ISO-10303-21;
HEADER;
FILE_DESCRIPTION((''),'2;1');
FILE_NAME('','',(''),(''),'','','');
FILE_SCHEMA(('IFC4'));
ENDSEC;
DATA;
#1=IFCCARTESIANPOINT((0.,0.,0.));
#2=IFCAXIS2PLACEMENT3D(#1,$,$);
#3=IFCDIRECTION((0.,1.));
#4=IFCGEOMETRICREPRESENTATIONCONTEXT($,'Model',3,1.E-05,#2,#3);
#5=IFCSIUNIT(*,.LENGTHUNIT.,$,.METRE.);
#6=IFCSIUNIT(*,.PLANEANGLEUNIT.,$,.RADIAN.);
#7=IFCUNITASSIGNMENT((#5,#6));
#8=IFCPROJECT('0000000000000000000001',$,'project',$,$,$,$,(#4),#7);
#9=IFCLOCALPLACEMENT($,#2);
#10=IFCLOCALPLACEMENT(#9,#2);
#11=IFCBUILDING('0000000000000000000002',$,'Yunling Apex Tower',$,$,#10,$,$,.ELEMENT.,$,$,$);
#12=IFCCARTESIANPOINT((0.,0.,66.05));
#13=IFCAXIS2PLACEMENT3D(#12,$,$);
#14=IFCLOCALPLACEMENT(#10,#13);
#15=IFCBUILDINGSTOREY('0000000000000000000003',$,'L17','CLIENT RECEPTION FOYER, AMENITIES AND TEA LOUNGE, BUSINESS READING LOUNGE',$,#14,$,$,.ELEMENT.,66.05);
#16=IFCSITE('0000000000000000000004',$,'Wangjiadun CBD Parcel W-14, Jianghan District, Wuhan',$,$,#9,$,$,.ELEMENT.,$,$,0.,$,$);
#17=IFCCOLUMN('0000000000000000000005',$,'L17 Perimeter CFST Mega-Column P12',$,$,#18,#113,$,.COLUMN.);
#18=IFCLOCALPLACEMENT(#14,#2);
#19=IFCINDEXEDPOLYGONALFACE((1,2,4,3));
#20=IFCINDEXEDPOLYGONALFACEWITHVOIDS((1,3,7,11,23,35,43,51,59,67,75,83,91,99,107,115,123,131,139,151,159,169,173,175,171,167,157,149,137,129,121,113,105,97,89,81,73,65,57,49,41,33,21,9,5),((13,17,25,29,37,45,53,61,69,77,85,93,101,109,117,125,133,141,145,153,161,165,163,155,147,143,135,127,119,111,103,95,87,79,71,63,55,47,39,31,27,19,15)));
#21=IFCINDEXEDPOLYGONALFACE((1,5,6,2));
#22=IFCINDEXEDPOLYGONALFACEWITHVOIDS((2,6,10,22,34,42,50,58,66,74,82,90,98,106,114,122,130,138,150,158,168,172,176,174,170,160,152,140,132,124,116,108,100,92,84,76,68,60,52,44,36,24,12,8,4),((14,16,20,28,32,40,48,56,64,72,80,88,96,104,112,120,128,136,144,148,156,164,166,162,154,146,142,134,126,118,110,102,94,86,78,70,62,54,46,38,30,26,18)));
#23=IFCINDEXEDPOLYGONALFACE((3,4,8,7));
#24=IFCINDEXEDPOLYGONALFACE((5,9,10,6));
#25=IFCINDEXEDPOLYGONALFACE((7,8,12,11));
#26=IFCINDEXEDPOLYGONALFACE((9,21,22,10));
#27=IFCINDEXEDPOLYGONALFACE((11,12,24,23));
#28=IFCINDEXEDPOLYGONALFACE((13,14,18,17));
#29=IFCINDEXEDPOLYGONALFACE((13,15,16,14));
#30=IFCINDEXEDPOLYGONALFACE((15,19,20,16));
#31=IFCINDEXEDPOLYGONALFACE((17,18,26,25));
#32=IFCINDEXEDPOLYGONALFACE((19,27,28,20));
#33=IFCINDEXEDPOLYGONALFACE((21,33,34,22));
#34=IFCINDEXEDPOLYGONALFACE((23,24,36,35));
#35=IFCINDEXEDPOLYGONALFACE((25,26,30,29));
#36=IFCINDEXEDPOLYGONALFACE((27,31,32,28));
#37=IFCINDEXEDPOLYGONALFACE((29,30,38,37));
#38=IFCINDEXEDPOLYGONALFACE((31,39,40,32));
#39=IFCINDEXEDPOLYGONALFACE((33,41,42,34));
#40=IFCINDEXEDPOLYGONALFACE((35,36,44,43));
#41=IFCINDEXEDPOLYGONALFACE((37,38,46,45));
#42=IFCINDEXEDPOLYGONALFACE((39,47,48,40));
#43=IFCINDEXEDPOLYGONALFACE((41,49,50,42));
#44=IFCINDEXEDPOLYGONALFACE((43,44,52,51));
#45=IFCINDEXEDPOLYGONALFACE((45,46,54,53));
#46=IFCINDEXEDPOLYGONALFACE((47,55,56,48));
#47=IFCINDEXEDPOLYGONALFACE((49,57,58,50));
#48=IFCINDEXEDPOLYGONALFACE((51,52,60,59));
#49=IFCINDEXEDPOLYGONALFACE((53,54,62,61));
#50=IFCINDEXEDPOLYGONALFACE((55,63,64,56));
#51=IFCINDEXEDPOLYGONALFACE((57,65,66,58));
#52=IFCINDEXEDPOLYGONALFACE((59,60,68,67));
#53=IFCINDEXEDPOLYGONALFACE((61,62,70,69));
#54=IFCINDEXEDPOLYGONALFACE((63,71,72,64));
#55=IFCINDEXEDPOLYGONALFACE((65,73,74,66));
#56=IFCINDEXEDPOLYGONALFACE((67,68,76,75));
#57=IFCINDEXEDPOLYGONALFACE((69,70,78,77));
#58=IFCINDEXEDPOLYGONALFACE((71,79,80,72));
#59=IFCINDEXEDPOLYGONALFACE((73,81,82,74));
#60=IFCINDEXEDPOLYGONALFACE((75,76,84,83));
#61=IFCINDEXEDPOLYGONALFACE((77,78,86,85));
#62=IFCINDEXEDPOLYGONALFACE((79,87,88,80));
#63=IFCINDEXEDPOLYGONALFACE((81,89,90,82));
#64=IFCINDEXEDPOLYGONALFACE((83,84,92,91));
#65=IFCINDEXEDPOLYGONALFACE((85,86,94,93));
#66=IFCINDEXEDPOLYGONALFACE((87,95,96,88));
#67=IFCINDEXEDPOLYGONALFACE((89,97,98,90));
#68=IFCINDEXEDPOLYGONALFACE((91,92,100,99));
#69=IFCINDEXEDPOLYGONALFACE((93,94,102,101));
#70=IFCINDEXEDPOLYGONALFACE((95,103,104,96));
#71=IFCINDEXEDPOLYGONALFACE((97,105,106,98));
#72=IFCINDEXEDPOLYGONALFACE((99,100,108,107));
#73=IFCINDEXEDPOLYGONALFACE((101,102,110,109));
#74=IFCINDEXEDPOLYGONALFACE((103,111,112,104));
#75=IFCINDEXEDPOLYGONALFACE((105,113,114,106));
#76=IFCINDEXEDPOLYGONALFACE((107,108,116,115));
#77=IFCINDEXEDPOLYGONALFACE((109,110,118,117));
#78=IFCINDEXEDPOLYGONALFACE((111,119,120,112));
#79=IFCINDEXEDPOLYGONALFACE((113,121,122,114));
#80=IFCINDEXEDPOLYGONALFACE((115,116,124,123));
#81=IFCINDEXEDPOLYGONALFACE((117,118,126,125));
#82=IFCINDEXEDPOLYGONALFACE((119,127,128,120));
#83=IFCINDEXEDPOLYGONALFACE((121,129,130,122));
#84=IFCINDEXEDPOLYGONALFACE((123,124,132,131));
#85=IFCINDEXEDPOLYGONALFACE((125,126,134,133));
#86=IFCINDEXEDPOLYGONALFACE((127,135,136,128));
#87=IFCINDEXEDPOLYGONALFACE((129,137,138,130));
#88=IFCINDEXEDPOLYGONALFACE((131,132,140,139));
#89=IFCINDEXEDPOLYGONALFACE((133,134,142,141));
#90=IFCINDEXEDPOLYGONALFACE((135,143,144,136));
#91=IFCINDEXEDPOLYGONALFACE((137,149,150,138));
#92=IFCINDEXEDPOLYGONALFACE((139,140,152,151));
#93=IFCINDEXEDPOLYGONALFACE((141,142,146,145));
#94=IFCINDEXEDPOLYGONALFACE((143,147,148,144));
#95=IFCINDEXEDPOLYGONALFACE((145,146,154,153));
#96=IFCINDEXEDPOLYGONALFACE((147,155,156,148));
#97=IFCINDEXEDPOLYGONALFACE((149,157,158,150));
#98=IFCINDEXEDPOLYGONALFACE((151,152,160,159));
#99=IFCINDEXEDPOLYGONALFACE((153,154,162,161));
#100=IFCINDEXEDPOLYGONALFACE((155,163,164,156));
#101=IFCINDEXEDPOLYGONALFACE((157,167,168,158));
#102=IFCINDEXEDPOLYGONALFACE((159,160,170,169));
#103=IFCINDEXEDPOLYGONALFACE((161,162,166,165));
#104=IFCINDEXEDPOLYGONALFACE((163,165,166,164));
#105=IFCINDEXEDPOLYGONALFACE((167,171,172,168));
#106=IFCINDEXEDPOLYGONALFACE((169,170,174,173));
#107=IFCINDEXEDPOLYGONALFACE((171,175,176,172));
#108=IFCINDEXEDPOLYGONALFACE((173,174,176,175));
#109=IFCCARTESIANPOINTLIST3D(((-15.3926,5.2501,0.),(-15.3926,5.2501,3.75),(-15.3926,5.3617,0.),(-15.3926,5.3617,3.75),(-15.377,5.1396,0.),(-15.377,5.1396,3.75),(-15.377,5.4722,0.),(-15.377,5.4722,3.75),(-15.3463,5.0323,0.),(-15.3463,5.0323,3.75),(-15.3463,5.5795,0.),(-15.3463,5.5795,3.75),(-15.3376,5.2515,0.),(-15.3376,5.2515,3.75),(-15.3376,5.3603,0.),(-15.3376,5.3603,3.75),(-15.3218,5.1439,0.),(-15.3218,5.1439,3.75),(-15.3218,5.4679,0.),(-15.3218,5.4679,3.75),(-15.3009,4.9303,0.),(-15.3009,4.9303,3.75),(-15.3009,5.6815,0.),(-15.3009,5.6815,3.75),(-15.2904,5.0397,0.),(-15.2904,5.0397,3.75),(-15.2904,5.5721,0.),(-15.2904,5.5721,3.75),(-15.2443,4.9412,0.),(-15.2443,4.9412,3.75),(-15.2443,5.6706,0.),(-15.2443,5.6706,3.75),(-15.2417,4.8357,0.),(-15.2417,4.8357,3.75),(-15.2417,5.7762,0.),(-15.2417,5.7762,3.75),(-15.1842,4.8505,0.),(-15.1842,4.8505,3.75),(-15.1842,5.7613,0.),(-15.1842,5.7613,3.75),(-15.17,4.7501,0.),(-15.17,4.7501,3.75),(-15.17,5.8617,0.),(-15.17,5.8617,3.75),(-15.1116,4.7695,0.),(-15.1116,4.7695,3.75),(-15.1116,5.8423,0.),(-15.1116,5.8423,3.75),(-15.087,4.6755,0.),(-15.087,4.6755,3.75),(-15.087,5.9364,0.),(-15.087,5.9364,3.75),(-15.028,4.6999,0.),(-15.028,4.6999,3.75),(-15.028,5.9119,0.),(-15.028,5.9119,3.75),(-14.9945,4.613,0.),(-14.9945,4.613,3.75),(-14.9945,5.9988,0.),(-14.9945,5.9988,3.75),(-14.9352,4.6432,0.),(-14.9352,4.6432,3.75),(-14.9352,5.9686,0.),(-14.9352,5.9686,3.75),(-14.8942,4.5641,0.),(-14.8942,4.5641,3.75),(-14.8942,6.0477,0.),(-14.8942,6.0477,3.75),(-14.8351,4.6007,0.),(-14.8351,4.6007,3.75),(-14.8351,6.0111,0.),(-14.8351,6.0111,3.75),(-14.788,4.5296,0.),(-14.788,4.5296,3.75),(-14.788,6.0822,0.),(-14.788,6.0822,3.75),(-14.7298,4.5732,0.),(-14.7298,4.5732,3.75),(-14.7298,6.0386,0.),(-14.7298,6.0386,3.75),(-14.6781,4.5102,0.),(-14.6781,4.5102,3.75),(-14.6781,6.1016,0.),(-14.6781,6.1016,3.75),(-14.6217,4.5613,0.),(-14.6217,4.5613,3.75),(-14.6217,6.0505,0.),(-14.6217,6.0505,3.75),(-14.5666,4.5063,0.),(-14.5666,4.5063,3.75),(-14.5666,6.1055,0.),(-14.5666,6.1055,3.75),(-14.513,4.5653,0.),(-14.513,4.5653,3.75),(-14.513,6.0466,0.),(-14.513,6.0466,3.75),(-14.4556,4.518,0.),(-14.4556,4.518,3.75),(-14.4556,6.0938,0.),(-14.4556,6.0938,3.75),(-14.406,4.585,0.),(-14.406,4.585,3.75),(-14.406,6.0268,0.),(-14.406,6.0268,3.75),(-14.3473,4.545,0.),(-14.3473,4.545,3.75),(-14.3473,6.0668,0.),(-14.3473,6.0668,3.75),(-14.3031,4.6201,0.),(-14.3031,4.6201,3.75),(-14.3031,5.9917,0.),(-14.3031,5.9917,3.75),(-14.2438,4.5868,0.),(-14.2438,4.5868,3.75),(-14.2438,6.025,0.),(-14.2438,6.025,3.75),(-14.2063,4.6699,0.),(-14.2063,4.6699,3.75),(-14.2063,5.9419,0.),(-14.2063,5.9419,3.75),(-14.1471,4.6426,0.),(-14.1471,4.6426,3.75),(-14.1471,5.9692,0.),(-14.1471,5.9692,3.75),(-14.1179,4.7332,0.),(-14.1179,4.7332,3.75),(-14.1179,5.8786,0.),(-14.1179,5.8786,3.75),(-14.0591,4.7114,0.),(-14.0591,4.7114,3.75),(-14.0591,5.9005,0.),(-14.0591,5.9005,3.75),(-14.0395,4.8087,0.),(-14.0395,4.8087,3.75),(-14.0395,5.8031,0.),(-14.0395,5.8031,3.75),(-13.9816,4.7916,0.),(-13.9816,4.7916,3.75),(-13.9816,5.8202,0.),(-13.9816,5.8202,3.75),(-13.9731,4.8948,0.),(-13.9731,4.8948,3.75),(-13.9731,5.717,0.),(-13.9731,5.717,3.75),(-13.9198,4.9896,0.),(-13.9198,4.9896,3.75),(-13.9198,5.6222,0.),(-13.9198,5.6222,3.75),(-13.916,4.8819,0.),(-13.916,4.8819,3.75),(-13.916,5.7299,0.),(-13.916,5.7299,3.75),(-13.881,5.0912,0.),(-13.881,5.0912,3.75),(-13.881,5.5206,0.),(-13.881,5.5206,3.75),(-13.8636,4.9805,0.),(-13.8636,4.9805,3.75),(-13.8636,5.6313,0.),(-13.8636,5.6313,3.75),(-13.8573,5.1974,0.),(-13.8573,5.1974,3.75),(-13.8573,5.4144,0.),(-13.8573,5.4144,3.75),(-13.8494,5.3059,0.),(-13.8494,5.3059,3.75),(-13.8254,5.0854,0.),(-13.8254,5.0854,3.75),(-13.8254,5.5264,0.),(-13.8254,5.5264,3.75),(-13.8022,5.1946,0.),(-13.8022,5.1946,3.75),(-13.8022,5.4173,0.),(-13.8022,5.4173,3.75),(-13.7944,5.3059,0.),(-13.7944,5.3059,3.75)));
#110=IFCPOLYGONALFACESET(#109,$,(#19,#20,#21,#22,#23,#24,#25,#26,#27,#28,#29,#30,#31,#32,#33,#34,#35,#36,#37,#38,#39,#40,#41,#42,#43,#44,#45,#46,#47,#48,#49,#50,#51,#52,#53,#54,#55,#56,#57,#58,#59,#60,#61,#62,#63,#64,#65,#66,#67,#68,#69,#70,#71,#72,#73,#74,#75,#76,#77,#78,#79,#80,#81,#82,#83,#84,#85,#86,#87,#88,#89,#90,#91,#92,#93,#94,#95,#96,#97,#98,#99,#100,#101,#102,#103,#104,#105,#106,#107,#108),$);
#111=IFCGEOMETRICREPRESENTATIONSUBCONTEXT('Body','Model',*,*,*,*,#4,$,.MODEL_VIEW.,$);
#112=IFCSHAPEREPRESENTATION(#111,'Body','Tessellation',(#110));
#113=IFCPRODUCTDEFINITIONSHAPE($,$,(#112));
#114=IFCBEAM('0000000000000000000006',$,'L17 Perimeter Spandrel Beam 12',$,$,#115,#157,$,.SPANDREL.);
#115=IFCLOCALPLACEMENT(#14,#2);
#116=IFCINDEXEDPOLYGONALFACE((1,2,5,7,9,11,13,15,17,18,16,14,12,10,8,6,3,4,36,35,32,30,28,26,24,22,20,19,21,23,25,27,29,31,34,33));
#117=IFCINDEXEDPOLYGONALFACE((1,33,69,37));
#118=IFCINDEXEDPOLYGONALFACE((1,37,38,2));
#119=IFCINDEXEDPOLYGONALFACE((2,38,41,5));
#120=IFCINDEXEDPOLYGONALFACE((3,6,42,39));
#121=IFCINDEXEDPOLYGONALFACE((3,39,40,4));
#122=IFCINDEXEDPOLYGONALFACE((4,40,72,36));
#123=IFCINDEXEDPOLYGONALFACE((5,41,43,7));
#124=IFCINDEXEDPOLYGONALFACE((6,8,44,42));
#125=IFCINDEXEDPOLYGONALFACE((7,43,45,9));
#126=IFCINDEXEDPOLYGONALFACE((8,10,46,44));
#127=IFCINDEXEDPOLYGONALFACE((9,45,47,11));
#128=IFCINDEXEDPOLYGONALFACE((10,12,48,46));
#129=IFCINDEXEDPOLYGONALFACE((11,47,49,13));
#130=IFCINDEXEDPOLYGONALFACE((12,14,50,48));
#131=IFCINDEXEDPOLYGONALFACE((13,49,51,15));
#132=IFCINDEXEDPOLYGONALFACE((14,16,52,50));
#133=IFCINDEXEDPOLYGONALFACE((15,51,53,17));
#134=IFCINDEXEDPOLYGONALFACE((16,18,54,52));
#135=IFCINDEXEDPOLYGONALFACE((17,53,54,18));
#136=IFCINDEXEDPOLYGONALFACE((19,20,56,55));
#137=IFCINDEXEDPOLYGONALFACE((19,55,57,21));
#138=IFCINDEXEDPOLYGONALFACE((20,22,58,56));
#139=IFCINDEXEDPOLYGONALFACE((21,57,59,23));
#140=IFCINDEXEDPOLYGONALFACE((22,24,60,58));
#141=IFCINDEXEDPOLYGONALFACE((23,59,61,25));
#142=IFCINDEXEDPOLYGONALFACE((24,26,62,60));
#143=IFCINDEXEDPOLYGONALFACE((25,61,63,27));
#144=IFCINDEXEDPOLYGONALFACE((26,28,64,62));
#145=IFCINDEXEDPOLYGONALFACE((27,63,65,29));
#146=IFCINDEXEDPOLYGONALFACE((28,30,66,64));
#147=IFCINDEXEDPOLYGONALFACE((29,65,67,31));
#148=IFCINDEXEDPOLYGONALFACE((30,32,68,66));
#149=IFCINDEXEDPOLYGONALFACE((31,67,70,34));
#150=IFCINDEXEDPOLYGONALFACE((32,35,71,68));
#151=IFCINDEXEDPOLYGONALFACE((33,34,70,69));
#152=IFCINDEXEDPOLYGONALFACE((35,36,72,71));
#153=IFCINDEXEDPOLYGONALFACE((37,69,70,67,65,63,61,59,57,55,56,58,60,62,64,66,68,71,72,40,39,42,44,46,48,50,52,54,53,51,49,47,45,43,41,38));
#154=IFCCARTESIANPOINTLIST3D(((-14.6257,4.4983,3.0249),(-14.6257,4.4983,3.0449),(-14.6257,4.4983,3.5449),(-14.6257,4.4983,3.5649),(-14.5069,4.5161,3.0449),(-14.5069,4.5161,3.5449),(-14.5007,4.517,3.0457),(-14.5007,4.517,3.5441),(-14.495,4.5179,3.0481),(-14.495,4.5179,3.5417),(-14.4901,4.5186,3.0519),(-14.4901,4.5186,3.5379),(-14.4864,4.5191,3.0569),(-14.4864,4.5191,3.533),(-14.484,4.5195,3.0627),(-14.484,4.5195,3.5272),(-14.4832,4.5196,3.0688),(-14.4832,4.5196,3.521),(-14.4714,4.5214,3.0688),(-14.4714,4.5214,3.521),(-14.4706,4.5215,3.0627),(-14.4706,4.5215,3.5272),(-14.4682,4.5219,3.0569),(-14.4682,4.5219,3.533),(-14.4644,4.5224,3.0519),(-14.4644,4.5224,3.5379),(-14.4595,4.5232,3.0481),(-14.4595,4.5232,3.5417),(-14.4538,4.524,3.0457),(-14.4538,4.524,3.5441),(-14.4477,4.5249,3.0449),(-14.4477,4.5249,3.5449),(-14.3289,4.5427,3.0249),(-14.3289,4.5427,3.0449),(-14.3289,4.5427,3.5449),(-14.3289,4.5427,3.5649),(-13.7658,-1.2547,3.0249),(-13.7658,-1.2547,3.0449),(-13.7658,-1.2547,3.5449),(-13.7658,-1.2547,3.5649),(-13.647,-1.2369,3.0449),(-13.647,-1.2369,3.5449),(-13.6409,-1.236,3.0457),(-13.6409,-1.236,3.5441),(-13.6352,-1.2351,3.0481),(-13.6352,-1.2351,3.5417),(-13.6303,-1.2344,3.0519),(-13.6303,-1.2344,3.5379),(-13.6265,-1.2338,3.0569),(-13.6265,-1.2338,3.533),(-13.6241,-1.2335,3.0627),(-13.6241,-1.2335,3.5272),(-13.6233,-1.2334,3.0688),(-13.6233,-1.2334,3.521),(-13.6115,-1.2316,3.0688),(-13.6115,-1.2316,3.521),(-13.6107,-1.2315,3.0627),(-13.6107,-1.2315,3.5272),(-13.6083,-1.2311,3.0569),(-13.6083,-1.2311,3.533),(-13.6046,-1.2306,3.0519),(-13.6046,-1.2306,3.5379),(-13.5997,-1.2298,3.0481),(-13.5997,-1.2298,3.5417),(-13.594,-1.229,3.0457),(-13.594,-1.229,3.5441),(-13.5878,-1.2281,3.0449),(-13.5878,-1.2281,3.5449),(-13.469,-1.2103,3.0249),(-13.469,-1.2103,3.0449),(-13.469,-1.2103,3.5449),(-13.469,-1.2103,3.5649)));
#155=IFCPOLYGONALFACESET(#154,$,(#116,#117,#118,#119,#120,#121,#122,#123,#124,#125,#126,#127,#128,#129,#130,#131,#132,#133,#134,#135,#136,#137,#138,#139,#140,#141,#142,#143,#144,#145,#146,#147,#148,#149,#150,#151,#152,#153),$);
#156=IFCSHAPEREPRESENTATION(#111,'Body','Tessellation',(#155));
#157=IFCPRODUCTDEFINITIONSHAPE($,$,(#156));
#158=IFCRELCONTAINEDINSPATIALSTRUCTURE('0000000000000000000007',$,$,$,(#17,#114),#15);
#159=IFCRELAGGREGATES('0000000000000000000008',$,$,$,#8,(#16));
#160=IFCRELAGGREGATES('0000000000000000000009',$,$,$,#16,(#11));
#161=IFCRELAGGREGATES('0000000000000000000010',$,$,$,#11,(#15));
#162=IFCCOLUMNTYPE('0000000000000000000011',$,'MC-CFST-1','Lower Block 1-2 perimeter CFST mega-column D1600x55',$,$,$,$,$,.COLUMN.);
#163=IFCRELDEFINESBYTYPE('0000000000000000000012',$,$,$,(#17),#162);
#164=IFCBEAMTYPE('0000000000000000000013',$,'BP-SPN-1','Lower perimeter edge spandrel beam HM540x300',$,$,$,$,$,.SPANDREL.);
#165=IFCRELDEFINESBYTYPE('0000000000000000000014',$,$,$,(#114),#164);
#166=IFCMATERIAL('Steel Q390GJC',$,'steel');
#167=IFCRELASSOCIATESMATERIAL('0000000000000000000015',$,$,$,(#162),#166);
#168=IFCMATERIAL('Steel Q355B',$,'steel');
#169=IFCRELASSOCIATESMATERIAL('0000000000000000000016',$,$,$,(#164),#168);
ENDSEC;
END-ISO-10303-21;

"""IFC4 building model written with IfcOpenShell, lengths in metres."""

from ifc_helpers import new_model, si_unit, direction, frame, origin, origin_2d, place, context, subcontext, project, spatial, hollow_circle, i_section, extrude, source, transform, mapped, material, material_profile, profile_set, type_object, element, save


model = new_model("IFC4")

# Units and contexts
model_context = context("Model", 3, precision=1e-05, world=origin(), true_north=direction((0.0, 1.0)))
body_context = subcontext(model_context, "Body", "Model", "MODEL_VIEW")
ifc_project = project(units=[si_unit("LENGTHUNIT", "METRE"), si_unit("PLANEANGLEUNIT", "RADIAN")], contexts=[model_context])

# Site, building, storey
site_placement = place(None, origin())
site = spatial("IfcSite", under=ifc_project, at=site_placement, Name="Wangjiadun CBD Parcel W-14, Jianghan District, Wuhan", CompositionType="ELEMENT", RefElevation=0.0)
building_placement = place(site_placement, origin())
building = spatial("IfcBuilding", under=site, at=building_placement, Name="Yunling Apex Tower", CompositionType="ELEMENT")
storey_placement = place(building_placement, frame((0.0, 0.0, 66.05)))
storey = spatial("IfcBuildingStorey", under=building, at=storey_placement, Name="L17", Description="CLIENT RECEPTION FOYER, AMENITIES AND TEA LOUNGE, BUSINESS READING LOUNGE", CompositionType="ELEMENT", Elevation=66.05)

# Column
ifc_material_1 = material(Name="Steel Q390GJC", Category="steel")
ifc_material_profile_1 = material_profile(ifc_material_1, hollow_circle(Radius=0.8, WallThickness=0.0549, at=origin_2d()))
ifc_profile_set_1 = profile_set([ifc_material_profile_1], Name="Steel Q390GJC")
column_type = type_object("IfcColumnType", Name="MC-CFST-1", Description="Lower Block 1-2 perimeter CFST mega-column D1600x55", PredefinedType="COLUMN", material=ifc_profile_set_1)
shared_shape_1 = source(origin(), body_context, "Body", "SweptSolid", [
    extrude(hollow_circle(Radius=0.8, WallThickness=0.0549, at=origin_2d()), origin(), (0.0, 0.0, 1.0), 3.75),
])
column_placement = place(storey_placement, frame((-14.5945, 5.3059, 0.0), z_axis=(0.0, 0.0, 1.0), x_axis=(1.0, 0.0, 0.0)))
element("IfcColumn", 1, at=column_placement, inside=storey, type_object=column_type, Name="L17 Perimeter CFST Mega-Column P12", PredefinedType="COLUMN", context=body_context, shape_type="MappedRepresentation", body=[
    mapped(shared_shape_1, transform((0.0, 0.0, 0.0), scale=1.0)),
])

# Beam
ifc_material_2 = material(Name="Steel Q355B", Category="steel")
ifc_material_profile_2 = material_profile(ifc_material_2, i_section(OverallWidth=0.3, OverallDepth=0.54, WebThickness=0.012, FlangeThickness=0.02, FilletRadius=0.0239, at=origin_2d()))
ifc_profile_set_2 = profile_set([ifc_material_profile_2], Name="Steel Q355B")
beam_type_1 = type_object("IfcBeamType", Name="BP-SPN-1", Description="Lower perimeter edge spandrel beam HM540x300", PredefinedType="SPANDREL", material=ifc_profile_set_2)
shared_shape_2 = source(origin(), body_context, "Body", "SweptSolid", [
    extrude(i_section(OverallWidth=0.3, OverallDepth=0.54, WebThickness=0.012, FlangeThickness=0.02, FilletRadius=0.0239, at=origin_2d()), origin(), (0.0, 0.0, 1.0), 5.8169),
])
beam_1_placement = place(storey_placement, frame((-14.4773, 4.5205, 3.2949), z_axis=(0.147823, -0.989014, 0.0), x_axis=(0.989014, 0.147823, 0.0)))
element("IfcBeam", 2, at=beam_1_placement, inside=storey, type_object=beam_type_1, Name="L17 Perimeter Spandrel Beam 12", PredefinedType="SPANDREL", context=body_context, shape_type="MappedRepresentation", body=[
    mapped(shared_shape_2, transform((0.0, 0.0, 0.0), scale=1.0)),
])

save(model, "model.ifc")
